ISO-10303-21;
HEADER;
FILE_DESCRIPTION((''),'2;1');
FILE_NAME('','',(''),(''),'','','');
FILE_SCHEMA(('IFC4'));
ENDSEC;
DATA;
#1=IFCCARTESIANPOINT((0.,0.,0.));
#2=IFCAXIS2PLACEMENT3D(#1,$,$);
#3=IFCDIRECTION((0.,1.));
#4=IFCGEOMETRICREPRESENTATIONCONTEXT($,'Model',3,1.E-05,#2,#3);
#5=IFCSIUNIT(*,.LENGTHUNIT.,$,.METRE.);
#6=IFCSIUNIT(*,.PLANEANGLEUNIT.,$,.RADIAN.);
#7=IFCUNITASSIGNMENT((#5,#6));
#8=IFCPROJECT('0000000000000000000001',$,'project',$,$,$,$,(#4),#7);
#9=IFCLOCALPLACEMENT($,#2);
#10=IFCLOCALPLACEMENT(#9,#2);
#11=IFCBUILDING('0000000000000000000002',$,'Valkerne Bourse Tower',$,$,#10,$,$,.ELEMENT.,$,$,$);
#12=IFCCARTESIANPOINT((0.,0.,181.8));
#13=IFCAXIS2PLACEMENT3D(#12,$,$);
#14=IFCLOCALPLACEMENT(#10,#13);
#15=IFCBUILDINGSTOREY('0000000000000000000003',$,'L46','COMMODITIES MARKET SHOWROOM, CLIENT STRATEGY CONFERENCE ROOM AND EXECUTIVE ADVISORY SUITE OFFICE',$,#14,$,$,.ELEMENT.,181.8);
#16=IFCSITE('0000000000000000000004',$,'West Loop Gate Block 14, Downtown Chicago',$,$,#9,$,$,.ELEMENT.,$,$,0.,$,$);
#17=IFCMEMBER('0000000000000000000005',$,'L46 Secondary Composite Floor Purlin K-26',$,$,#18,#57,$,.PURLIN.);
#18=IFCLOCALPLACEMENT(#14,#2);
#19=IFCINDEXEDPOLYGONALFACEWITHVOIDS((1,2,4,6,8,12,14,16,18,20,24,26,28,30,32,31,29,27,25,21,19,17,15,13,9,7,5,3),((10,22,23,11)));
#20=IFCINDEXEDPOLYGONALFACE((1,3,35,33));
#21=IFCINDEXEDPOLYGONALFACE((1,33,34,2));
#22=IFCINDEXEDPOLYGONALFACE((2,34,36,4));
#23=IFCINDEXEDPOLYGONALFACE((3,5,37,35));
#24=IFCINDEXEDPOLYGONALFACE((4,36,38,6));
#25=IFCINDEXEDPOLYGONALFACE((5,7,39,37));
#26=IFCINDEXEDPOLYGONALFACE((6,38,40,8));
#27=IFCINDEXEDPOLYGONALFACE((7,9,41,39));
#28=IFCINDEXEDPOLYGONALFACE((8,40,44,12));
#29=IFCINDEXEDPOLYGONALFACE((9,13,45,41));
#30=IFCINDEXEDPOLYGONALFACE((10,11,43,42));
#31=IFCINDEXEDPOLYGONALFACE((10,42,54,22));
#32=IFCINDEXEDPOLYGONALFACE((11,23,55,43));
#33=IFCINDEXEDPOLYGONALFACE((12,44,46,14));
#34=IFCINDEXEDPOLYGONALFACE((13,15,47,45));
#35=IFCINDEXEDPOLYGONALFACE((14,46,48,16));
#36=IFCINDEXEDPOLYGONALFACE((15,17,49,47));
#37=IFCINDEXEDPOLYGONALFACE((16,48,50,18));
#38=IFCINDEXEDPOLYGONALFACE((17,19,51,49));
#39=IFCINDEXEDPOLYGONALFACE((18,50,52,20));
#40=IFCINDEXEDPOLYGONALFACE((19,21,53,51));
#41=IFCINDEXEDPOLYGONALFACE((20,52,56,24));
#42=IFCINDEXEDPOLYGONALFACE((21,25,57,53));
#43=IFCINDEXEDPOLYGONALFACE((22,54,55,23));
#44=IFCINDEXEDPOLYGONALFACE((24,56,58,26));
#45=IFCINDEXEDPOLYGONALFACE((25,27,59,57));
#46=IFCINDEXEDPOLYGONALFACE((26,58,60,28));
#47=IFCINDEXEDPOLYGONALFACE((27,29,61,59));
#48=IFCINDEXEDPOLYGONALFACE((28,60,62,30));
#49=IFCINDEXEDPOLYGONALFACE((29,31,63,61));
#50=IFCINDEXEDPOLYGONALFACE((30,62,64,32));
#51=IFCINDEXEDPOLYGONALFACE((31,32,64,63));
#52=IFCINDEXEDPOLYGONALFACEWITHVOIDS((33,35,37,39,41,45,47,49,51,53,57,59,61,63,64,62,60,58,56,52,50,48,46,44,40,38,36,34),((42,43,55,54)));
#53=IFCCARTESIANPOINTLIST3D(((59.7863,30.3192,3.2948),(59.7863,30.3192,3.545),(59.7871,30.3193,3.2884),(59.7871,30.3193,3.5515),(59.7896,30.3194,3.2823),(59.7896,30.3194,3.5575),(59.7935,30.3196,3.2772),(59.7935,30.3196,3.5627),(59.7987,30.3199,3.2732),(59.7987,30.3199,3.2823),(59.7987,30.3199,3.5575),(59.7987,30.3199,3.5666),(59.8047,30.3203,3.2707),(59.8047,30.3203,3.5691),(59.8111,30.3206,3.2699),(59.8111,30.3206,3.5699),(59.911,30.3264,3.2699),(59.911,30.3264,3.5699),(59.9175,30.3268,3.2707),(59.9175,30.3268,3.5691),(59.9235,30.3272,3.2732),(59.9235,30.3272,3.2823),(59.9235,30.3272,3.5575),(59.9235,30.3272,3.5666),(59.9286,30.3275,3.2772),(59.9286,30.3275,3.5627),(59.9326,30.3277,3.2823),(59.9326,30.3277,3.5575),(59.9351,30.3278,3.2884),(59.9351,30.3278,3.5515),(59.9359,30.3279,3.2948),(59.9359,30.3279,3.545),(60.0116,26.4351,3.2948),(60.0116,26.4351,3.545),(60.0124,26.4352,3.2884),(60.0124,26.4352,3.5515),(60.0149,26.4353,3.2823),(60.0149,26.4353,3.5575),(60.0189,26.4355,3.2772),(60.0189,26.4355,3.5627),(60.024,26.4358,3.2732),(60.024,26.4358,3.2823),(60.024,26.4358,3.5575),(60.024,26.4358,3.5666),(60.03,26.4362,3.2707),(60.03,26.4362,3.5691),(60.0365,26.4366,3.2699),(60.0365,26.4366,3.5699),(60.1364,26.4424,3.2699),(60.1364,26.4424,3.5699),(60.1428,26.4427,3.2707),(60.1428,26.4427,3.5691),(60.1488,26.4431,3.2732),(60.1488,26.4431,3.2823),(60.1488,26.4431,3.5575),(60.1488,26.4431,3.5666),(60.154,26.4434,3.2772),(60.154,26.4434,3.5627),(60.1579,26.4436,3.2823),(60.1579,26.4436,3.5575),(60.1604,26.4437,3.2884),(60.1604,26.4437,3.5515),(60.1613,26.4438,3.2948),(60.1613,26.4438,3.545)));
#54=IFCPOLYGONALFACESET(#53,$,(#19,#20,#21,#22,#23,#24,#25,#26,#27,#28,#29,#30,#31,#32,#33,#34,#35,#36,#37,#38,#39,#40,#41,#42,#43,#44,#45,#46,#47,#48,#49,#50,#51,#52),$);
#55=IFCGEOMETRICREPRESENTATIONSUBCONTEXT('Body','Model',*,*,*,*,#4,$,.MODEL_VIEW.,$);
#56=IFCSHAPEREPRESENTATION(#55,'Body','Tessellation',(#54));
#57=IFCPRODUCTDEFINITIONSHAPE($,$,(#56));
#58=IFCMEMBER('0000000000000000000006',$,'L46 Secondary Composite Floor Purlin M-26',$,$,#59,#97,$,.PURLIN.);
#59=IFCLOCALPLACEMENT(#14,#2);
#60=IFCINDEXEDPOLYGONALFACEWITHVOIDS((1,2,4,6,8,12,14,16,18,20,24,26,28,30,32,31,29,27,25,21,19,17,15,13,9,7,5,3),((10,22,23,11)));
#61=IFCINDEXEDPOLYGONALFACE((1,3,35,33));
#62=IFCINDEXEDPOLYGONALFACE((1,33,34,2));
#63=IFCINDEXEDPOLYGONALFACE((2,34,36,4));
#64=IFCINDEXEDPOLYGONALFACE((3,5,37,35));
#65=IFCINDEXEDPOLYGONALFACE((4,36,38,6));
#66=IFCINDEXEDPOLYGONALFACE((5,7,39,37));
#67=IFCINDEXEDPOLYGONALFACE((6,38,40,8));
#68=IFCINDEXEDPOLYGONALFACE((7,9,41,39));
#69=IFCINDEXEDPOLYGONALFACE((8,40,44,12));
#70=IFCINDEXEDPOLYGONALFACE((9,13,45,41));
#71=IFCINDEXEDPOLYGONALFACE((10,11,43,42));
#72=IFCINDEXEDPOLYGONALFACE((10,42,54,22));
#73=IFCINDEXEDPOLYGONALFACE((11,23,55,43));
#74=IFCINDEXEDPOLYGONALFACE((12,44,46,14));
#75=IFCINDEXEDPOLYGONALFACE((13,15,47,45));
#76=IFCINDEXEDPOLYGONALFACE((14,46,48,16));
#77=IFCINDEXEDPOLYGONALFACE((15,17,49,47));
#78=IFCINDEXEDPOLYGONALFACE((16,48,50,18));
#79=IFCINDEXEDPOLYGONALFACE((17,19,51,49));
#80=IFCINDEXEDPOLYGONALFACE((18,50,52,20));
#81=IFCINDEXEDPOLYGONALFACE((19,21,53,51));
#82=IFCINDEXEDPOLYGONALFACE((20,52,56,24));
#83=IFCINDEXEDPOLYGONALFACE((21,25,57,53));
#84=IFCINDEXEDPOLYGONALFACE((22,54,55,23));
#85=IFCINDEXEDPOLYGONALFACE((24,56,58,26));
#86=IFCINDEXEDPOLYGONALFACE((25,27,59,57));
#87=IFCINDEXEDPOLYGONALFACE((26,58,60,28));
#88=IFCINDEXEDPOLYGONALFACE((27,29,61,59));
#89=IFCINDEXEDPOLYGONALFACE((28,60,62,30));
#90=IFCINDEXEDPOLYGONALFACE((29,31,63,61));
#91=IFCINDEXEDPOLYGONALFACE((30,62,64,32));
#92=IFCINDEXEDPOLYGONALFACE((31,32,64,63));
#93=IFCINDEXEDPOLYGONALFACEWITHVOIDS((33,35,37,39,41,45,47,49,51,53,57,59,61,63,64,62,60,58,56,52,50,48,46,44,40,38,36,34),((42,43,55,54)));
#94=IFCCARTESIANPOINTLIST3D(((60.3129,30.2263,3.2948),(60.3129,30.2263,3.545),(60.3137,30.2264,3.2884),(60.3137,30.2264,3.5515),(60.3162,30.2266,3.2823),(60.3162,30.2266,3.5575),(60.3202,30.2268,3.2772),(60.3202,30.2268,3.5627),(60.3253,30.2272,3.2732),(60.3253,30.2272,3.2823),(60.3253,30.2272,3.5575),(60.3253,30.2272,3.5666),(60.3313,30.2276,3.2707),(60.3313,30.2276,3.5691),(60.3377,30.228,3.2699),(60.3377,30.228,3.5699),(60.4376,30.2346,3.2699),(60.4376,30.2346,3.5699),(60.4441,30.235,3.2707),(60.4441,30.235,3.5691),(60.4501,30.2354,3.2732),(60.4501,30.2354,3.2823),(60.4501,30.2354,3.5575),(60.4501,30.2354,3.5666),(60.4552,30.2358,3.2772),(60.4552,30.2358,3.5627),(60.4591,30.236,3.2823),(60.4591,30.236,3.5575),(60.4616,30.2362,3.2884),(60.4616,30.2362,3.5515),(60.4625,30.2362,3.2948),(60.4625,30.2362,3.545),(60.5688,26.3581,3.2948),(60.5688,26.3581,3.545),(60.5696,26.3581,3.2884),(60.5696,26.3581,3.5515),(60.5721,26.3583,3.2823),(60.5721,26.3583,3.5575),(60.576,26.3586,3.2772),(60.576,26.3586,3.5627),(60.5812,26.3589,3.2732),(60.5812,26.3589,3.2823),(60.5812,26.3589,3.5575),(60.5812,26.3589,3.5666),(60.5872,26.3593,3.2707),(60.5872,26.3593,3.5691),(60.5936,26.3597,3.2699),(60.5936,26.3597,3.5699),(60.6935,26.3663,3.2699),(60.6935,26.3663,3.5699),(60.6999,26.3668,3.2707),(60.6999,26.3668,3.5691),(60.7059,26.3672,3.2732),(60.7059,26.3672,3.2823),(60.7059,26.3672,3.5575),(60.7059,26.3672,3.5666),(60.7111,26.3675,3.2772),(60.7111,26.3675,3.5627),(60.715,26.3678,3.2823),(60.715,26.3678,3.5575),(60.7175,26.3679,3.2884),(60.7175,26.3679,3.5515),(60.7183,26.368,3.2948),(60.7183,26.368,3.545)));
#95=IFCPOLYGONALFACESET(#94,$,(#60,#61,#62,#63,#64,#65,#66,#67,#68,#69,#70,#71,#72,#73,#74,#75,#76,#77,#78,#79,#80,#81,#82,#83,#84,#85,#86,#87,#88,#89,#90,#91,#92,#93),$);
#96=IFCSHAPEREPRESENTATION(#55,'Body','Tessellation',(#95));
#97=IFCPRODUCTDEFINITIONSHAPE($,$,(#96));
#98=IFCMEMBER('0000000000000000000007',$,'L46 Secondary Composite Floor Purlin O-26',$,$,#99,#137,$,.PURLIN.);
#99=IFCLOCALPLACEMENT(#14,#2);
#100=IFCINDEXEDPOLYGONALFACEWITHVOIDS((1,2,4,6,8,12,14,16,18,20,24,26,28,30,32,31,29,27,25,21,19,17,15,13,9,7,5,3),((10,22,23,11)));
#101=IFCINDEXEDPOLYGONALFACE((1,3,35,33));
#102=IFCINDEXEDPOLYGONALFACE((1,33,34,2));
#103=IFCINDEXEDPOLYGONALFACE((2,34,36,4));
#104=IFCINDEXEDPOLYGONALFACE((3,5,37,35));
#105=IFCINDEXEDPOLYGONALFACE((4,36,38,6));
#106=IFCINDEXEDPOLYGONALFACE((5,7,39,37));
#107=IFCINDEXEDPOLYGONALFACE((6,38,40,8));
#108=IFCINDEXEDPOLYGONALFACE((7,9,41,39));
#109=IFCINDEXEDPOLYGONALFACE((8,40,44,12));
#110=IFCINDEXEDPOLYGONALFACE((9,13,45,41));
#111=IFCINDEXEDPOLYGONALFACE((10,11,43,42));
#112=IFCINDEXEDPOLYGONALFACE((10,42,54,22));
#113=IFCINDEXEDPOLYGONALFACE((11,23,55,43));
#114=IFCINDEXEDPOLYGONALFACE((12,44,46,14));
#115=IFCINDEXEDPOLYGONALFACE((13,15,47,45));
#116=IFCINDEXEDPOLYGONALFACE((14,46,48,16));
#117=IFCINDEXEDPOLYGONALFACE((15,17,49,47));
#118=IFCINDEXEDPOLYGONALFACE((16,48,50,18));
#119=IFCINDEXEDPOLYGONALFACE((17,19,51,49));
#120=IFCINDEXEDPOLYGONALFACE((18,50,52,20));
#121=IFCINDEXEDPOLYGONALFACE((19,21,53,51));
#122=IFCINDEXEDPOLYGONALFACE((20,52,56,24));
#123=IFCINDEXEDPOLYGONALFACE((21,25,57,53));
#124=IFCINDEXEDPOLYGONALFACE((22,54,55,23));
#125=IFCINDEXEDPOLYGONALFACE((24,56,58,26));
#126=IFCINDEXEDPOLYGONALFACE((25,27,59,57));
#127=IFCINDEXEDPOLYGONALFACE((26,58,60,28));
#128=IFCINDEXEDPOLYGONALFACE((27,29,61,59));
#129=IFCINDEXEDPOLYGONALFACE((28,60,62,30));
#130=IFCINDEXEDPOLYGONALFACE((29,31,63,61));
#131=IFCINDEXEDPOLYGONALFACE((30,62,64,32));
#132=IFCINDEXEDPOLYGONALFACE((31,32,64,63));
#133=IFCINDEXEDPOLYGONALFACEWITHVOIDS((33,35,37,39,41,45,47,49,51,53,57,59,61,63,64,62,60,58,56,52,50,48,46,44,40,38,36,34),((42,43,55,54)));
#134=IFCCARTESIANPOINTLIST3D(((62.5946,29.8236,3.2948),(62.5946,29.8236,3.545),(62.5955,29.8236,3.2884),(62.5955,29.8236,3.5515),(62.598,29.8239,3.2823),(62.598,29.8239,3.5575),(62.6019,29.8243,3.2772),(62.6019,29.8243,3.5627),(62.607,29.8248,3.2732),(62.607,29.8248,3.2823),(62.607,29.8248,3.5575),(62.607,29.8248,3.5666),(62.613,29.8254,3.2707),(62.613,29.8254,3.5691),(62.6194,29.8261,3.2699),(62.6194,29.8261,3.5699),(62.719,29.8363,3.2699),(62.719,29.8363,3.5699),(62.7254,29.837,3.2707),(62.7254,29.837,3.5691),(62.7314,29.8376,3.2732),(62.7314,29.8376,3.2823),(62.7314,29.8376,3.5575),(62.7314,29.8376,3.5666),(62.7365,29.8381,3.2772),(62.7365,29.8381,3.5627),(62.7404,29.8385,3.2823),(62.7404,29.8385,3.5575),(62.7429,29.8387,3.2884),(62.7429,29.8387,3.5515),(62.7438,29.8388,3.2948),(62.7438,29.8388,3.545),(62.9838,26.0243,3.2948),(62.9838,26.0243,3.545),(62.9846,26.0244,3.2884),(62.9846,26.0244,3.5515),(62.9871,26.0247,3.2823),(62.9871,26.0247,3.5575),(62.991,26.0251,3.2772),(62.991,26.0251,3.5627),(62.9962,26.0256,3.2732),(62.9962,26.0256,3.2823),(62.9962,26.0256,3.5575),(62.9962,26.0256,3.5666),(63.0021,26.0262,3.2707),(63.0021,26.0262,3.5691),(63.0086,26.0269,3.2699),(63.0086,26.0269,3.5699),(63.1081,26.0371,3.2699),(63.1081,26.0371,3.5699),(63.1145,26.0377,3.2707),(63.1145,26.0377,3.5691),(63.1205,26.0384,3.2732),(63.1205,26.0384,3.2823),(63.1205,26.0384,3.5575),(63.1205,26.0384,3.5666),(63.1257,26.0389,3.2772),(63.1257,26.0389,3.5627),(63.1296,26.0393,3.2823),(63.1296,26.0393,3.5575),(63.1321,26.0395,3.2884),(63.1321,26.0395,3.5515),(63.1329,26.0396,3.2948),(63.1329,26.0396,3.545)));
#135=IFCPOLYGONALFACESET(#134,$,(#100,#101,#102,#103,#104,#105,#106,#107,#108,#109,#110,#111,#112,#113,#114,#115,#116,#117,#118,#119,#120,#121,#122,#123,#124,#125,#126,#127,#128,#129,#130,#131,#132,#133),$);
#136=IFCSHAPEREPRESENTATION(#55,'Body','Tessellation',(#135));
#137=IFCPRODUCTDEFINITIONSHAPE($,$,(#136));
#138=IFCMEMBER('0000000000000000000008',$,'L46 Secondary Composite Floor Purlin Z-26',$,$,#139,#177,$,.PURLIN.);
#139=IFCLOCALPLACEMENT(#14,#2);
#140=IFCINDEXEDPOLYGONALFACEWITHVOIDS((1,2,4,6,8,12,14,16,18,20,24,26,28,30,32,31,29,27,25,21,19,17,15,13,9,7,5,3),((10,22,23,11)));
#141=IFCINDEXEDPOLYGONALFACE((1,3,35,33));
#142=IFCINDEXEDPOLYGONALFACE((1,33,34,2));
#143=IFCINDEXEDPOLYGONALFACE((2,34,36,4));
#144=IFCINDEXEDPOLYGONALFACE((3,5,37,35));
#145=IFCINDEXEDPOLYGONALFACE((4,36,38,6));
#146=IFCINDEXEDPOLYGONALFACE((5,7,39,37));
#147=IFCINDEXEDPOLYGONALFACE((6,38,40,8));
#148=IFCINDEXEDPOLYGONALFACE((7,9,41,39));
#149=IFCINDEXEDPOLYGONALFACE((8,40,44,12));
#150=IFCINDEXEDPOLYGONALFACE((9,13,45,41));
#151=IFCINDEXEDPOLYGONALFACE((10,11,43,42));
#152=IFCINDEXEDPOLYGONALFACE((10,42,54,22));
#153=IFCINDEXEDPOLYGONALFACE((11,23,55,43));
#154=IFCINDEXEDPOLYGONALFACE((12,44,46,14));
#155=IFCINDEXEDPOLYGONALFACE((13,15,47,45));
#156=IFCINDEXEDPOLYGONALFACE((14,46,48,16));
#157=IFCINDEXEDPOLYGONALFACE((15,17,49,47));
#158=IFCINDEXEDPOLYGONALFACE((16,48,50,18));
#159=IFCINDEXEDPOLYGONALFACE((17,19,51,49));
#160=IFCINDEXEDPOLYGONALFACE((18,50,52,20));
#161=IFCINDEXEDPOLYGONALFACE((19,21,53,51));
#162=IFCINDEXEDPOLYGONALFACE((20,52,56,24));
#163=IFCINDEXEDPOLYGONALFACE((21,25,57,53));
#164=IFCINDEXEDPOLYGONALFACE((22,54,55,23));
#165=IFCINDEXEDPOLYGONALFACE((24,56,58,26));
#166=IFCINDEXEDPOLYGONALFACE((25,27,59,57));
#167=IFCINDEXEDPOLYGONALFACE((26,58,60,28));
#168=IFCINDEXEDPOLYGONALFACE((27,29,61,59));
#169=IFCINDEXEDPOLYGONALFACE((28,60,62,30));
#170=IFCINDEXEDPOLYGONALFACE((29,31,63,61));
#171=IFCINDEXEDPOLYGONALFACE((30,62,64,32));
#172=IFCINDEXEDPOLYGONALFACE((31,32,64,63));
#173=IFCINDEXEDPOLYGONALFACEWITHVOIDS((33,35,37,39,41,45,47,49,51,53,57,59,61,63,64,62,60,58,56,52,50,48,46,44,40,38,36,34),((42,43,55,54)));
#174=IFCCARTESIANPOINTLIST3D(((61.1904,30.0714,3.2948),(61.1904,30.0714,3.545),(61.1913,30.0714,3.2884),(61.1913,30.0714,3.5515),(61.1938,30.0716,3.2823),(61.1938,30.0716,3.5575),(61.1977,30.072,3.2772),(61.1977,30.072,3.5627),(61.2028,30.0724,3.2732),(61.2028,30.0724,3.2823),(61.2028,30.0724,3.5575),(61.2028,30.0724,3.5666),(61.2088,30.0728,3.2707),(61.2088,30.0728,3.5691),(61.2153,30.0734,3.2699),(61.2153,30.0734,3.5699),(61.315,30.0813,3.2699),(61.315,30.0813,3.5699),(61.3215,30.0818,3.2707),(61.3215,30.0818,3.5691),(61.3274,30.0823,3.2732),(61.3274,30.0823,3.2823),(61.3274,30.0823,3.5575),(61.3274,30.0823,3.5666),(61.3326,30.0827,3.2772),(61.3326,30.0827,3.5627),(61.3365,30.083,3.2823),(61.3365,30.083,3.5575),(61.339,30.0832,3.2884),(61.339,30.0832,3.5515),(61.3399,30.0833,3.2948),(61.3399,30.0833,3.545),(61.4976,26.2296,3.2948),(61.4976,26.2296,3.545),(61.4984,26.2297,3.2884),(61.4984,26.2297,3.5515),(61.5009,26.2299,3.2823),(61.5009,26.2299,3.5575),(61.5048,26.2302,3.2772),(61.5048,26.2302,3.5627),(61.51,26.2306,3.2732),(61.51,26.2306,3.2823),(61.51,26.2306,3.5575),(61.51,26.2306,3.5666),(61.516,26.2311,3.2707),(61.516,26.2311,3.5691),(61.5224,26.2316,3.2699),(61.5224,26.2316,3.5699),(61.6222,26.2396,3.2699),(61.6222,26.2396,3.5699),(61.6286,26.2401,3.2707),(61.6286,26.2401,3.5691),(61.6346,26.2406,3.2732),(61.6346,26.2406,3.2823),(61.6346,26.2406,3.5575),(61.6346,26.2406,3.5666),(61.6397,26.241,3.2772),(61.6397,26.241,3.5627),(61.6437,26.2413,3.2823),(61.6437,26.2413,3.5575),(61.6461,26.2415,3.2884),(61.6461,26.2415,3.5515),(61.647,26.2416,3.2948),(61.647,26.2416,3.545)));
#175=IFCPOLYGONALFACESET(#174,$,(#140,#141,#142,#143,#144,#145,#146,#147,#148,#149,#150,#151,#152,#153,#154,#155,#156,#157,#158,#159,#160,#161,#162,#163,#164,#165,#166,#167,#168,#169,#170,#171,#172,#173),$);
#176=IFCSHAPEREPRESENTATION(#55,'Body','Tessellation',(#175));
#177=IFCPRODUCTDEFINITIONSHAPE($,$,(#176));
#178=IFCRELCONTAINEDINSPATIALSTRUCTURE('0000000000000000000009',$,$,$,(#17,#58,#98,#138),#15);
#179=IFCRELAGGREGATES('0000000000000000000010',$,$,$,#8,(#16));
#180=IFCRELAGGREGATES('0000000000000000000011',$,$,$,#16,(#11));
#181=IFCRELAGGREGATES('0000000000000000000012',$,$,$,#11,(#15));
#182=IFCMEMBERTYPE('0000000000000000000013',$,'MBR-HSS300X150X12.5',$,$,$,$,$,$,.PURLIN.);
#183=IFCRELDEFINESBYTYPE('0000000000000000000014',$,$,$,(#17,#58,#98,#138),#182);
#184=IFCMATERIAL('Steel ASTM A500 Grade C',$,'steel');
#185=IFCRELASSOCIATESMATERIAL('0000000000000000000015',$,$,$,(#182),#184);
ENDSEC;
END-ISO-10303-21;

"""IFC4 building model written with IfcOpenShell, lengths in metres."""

from ifc_helpers import new_model, si_unit, direction, frame, origin, origin_2d, place, context, subcontext, project, spatial, hollow_rectangle, extrude, material, material_profile, profile_set, type_object, element, save


model = new_model("IFC4")

# Units and contexts
model_context = context("Model", 3, precision=1e-05, world=origin(), true_north=direction((0.0, 1.0)))
body_context = subcontext(model_context, "Body", "Model", "MODEL_VIEW")
ifc_project = project(units=[si_unit("LENGTHUNIT", "METRE"), si_unit("PLANEANGLEUNIT", "RADIAN")], contexts=[model_context])

# Site, building, storey
site_placement = place(None, origin())
site = spatial("IfcSite", under=ifc_project, at=site_placement, Name="West Loop Gate Block 14, Downtown Chicago", CompositionType="ELEMENT", RefElevation=0.0)
building_placement = place(site_placement, origin())
building = spatial("IfcBuilding", under=site, at=building_placement, Name="Valkerne Bourse Tower", CompositionType="ELEMENT")
storey_placement = place(building_placement, frame((0.0, 0.0, 181.8)))
storey = spatial("IfcBuildingStorey", under=building, at=storey_placement, Name="L46", Description="COMMODITIES MARKET SHOWROOM, CLIENT STRATEGY CONFERENCE ROOM AND EXECUTIVE ADVISORY SUITE OFFICE", CompositionType="ELEMENT", Elevation=181.8)

# Members
ifc_material_1 = material(Name="Steel ASTM A500 Grade C", Category="steel")
ifc_material_profile_1 = material_profile(ifc_material_1, hollow_rectangle(XDim=0.1499, YDim=0.3, WallThickness=0.0125, OuterFilletRadius=0.0249, at=origin_2d()), Name="HSS300X150X12.5")
ifc_profile_set_1 = profile_set([ifc_material_profile_1], Name="Steel ASTM A500 Grade C")
member_type_1 = type_object("IfcMemberType", Name="MBR-HSS300X150X12.5", PredefinedType="PURLIN", material=ifc_profile_set_1)
member_1_placement = place(storey_placement, frame((60.0864, 26.4395, 3.4199), z_axis=(-0.05792, 0.998321, 0.0), x_axis=(-0.998321, -0.05792, 0.0)))
element("IfcMember", 1, at=member_1_placement, inside=storey, type_object=member_type_1, Name="L46 Secondary Composite Floor Purlin K-26", PredefinedType="PURLIN", context=body_context, shape_type="SweptSolid", body=[
    extrude(hollow_rectangle(XDim=0.1499, YDim=0.3, WallThickness=0.0125, OuterFilletRadius=0.0249, at=origin_2d()), origin(), (0.0, 0.0, 1.0), 3.8906),
])
member_2_placement = place(storey_placement, frame((60.6436, 26.363, 3.4199), z_axis=(-0.066001, 0.99782, 0.0), x_axis=(-0.99782, -0.066001, 0.0)))
element("IfcMember", 2, at=member_2_placement, inside=storey, type_object=member_type_1, Name="L46 Secondary Composite Floor Purlin M-26", PredefinedType="PURLIN", context=body_context, shape_type="SweptSolid", body=[
    extrude(hollow_rectangle(XDim=0.1499, YDim=0.3, WallThickness=0.0125, OuterFilletRadius=0.0249, at=origin_2d()), origin(), (0.0, 0.0, 1.0), 3.8767),
])
member_3_placement = place(storey_placement, frame((63.0583, 26.032, 3.4199), z_axis=(-0.101896, 0.994795, 0.0), x_axis=(-0.994795, -0.101896, 0.0)))
element("IfcMember", 3, at=member_3_placement, inside=storey, type_object=member_type_1, Name="L46 Secondary Composite Floor Purlin O-26", PredefinedType="PURLIN", context=body_context, shape_type="SweptSolid", body=[
    extrude(hollow_rectangle(XDim=0.1499, YDim=0.3, WallThickness=0.0125, OuterFilletRadius=0.0249, at=origin_2d()), origin(), (0.0, 0.0, 1.0), 3.8191),
])
member_4_placement = place(storey_placement, frame((61.5723, 26.2356, 3.4199), z_axis=(-0.07969, 0.99682, 0.0), x_axis=(-0.99682, -0.07969, 0.0)))
element("IfcMember", 4, at=member_4_placement, inside=storey, type_object=member_type_1, Name="L46 Secondary Composite Floor Purlin Z-26", PredefinedType="PURLIN", context=body_context, shape_type="SweptSolid", body=[
    extrude(hollow_rectangle(XDim=0.1499, YDim=0.3, WallThickness=0.0125, OuterFilletRadius=0.0249, at=origin_2d()), origin(), (0.0, 0.0, 1.0), 3.854),
])

save(model, "model.ifc")
